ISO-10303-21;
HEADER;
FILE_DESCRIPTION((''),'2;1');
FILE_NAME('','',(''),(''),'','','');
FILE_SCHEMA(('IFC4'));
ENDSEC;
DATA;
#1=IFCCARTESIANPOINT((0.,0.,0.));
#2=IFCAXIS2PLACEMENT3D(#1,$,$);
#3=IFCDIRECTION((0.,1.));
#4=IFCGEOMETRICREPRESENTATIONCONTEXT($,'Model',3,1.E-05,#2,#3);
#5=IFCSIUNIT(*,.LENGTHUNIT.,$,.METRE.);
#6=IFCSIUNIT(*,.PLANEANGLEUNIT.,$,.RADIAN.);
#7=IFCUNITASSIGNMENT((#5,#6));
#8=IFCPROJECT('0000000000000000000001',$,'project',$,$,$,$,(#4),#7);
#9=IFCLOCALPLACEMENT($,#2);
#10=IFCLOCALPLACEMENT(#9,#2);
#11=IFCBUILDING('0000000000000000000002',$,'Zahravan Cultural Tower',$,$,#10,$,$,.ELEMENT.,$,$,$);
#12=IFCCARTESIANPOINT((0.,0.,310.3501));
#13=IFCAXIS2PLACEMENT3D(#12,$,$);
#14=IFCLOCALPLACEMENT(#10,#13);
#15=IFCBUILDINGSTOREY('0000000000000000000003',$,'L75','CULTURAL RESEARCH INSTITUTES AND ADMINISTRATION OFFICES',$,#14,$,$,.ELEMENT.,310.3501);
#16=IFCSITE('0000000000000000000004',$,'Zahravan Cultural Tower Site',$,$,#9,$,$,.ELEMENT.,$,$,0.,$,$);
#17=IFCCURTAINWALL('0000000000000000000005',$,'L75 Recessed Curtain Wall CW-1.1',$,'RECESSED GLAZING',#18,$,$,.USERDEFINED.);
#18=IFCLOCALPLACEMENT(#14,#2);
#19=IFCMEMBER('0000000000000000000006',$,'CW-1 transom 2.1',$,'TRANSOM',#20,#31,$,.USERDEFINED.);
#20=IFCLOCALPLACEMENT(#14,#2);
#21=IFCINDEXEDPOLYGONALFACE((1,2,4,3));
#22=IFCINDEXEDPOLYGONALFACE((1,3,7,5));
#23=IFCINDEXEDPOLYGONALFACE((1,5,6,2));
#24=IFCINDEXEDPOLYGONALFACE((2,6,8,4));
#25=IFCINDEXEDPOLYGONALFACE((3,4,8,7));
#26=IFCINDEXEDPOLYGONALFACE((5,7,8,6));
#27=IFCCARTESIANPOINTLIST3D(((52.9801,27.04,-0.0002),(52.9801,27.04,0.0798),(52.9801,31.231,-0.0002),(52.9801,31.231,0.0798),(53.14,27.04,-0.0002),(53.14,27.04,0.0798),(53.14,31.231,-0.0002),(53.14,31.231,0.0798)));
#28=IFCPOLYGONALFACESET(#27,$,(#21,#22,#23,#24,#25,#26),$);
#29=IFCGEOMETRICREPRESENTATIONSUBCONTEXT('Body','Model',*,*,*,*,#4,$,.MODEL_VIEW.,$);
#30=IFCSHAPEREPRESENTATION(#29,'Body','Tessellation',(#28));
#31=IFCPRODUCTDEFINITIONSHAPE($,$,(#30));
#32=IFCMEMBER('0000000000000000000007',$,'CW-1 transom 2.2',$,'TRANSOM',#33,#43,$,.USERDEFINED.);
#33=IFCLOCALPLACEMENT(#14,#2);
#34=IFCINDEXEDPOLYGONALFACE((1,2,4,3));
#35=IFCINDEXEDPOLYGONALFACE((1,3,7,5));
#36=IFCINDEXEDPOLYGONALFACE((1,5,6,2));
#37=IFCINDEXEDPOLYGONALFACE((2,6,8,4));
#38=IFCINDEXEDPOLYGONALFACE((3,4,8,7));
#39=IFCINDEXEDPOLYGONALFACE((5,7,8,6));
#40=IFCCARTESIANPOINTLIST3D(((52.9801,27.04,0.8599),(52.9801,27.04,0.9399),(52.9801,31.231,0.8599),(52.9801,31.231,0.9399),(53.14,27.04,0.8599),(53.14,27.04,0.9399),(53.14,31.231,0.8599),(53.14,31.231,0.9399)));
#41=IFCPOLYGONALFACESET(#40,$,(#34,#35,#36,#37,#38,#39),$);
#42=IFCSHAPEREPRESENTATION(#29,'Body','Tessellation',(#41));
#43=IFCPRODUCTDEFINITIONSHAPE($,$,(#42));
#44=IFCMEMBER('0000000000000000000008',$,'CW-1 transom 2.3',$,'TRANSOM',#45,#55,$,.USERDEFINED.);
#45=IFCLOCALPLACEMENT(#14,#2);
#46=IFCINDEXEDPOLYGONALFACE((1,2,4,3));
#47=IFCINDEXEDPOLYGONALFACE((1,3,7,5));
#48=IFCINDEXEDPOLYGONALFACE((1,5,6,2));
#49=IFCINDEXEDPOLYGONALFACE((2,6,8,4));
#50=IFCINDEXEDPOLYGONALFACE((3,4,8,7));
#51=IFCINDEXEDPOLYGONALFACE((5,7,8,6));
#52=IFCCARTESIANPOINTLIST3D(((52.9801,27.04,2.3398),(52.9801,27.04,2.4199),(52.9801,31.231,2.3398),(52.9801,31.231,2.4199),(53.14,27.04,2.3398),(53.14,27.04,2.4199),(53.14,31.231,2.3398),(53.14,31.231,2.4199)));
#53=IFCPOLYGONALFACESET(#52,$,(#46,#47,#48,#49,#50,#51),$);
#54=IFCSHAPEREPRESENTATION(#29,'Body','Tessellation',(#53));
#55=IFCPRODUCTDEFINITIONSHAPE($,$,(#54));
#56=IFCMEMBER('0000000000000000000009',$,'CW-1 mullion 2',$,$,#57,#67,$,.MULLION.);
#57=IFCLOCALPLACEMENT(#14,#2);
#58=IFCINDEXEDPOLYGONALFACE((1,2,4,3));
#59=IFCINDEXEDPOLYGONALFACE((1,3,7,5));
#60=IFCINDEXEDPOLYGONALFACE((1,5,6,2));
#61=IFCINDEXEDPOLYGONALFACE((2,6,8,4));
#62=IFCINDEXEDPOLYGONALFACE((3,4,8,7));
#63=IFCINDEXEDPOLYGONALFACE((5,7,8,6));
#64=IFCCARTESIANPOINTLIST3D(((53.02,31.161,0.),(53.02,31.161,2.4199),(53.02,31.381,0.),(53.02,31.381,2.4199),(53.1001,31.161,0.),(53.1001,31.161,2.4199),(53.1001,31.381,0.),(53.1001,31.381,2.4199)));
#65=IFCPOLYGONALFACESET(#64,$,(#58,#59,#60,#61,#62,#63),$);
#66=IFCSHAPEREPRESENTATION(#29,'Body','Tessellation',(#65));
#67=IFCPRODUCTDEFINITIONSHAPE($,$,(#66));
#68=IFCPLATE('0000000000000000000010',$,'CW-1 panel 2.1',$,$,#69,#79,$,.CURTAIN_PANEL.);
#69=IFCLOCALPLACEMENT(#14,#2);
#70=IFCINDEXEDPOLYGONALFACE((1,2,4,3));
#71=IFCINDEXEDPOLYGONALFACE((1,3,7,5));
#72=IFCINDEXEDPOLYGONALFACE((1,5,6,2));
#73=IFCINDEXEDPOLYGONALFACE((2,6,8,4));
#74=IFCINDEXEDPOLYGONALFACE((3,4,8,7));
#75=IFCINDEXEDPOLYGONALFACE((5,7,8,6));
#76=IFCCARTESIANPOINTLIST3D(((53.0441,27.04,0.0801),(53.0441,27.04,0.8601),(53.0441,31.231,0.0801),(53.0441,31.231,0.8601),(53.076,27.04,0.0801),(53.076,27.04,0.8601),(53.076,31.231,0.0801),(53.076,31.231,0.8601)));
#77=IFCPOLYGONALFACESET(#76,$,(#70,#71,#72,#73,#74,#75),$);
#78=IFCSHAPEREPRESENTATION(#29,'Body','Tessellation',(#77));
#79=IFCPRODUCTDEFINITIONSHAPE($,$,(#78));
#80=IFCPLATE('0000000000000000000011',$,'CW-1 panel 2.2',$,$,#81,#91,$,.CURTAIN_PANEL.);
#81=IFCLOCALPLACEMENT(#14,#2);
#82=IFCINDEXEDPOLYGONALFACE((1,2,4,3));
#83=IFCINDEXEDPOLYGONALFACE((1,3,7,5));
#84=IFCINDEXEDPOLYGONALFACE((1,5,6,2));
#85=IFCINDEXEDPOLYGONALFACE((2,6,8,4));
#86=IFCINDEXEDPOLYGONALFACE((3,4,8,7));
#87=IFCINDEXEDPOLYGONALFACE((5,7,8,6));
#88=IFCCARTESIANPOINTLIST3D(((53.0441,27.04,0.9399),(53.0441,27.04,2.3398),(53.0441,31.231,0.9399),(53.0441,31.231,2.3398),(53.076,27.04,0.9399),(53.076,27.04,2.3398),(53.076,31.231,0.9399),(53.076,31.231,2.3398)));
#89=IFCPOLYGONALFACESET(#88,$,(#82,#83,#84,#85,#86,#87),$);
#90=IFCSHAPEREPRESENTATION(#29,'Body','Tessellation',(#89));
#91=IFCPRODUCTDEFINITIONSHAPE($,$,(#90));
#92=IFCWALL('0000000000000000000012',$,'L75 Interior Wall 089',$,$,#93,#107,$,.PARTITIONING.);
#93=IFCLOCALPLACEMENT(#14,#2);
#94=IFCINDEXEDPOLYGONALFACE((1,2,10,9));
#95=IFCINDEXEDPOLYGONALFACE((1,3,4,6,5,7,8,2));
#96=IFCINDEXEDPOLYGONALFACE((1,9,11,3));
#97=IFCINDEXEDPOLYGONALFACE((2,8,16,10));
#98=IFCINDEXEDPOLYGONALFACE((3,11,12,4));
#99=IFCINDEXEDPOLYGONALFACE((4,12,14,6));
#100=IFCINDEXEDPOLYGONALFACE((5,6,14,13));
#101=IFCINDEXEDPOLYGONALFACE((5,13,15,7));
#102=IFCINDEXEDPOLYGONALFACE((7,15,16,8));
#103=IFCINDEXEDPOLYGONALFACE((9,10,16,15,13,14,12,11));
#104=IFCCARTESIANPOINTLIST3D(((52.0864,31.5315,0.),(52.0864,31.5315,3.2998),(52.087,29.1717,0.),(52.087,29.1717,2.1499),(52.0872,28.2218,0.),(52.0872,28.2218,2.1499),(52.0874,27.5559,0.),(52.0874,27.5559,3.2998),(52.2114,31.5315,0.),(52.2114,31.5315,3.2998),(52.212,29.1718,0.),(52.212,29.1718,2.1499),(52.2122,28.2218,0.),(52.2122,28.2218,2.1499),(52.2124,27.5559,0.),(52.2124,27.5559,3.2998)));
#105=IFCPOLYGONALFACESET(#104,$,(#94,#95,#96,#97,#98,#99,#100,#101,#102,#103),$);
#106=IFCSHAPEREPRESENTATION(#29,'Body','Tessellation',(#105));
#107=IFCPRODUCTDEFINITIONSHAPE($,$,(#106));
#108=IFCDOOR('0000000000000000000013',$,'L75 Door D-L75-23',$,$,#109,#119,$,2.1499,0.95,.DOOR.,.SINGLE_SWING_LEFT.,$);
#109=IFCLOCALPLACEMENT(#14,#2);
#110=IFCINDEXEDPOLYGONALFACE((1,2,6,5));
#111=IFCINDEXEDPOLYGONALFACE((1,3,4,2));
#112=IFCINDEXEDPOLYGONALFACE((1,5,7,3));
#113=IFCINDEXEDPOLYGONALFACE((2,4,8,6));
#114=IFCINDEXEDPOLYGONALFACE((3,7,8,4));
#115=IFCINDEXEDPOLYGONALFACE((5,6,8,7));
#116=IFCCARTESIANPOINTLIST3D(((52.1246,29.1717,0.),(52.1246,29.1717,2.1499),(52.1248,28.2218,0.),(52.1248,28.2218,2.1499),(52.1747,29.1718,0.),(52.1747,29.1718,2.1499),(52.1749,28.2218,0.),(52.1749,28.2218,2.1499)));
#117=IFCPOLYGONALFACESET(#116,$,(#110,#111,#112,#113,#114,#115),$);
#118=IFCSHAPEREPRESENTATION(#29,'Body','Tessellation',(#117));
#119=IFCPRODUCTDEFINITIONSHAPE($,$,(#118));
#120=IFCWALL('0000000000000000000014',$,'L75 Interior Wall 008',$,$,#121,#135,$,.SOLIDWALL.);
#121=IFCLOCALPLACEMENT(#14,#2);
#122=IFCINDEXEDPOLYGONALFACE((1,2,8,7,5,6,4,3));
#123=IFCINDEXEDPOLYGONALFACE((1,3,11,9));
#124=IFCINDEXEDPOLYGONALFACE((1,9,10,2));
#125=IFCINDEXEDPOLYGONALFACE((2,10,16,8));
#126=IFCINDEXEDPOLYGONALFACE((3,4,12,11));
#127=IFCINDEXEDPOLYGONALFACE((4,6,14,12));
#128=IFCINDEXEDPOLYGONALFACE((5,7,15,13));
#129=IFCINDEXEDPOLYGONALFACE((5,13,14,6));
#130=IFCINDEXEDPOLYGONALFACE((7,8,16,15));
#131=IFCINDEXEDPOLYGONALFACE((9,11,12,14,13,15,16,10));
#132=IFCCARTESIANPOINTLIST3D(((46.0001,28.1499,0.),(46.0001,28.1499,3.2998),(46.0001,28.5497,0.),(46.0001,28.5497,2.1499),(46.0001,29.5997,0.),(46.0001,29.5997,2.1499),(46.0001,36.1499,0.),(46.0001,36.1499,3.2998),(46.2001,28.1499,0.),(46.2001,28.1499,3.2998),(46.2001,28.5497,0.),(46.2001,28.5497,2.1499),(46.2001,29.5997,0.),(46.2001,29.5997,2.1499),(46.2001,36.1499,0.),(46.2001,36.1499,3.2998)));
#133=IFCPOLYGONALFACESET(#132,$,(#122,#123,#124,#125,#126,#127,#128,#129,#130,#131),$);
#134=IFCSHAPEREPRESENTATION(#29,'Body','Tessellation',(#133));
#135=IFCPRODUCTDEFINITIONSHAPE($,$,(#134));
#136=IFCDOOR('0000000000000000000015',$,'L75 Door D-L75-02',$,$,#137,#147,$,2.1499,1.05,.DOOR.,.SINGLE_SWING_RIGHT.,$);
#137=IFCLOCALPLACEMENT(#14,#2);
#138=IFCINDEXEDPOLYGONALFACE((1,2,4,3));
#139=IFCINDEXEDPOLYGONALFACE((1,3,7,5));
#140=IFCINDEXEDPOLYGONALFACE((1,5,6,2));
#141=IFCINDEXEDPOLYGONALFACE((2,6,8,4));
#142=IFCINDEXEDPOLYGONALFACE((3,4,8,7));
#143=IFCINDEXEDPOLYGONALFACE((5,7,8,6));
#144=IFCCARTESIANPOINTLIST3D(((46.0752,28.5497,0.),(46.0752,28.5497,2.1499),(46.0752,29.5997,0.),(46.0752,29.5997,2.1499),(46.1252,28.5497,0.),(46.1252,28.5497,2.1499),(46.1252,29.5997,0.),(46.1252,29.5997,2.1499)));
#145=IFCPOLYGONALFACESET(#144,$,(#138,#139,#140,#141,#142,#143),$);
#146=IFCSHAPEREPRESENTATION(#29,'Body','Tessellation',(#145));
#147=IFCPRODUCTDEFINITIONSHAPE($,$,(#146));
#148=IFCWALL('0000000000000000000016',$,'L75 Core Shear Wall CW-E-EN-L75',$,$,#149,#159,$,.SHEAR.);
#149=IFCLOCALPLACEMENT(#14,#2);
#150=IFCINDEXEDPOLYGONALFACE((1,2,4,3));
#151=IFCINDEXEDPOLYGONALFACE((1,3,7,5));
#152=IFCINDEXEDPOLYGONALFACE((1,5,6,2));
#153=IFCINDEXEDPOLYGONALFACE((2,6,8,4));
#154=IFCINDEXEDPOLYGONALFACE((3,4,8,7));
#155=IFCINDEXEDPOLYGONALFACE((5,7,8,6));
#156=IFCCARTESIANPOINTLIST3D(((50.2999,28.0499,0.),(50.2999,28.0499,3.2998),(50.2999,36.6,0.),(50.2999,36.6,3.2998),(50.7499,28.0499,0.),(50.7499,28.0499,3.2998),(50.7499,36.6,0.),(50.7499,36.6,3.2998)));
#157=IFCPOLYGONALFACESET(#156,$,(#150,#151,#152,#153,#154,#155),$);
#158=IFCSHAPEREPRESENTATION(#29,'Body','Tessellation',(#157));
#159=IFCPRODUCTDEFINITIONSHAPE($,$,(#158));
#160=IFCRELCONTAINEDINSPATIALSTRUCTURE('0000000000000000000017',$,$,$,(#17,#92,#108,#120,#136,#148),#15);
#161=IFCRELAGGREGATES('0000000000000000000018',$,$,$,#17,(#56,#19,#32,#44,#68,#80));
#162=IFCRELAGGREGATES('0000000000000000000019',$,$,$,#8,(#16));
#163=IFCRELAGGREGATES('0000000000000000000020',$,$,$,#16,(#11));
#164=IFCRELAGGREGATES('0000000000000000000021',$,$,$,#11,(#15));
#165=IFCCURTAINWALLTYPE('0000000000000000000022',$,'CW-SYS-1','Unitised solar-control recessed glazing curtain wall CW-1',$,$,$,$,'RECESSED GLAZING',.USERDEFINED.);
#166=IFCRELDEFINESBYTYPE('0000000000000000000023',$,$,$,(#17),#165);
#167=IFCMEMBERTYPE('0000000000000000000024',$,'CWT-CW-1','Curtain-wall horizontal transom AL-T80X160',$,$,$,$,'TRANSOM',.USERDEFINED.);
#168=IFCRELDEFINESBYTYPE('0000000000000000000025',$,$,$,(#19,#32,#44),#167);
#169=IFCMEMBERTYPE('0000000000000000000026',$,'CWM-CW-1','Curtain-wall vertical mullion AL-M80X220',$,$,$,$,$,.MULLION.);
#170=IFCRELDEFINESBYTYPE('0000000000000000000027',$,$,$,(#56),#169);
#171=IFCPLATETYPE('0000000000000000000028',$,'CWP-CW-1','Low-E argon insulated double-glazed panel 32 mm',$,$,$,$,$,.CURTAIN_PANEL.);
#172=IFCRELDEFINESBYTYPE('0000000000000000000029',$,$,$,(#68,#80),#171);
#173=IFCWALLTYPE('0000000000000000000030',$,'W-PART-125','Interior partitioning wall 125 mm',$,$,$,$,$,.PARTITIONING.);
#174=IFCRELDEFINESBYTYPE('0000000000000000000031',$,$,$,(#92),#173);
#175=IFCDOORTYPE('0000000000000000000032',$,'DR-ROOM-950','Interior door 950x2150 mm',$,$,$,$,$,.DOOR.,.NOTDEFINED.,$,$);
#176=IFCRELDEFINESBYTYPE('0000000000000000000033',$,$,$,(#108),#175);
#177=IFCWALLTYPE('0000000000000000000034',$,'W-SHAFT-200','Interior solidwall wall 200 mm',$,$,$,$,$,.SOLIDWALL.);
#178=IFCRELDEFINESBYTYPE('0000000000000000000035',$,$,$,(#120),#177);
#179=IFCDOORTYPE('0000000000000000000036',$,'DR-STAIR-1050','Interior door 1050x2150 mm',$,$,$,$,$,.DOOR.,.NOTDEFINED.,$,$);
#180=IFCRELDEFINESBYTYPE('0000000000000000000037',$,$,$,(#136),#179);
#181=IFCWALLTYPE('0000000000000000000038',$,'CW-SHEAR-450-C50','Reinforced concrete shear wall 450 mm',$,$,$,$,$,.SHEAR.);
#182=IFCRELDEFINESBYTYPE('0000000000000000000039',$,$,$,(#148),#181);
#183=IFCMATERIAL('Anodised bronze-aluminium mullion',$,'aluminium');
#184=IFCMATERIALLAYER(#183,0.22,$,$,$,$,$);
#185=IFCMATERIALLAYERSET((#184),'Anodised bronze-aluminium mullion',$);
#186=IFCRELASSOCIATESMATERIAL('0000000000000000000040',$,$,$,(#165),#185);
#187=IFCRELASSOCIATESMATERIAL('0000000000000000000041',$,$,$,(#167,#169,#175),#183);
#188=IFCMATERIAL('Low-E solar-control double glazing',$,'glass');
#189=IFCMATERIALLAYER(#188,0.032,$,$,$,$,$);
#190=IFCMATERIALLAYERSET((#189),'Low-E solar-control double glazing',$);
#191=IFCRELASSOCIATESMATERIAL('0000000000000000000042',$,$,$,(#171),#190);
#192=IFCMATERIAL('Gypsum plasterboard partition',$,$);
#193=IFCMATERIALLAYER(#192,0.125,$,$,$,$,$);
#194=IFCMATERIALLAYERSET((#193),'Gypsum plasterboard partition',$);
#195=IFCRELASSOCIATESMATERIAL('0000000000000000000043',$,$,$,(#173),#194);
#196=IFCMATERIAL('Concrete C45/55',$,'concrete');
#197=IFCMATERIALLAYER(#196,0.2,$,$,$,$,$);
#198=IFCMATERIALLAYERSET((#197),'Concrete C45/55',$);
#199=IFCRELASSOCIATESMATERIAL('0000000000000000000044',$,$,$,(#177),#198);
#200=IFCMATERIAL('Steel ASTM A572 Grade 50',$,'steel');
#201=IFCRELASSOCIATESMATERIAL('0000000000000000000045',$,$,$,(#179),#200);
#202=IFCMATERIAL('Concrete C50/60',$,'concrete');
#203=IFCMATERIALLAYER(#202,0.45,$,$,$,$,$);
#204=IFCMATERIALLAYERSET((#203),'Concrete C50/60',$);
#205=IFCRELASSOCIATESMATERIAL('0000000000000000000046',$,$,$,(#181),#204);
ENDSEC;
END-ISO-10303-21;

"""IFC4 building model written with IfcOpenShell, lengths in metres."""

from ifc_helpers import new_model, si_unit, direction, frame, frame_2d, origin, origin_2d, place, context, subcontext, project, spatial, rectangle, extrude, source, transform, mapped, material, layer, layer_set, material_profile, profile_set, type_object, element, fill, aggregate, save


model = new_model("IFC4")

# Units and contexts
model_context = context("Model", 3, precision=1e-05, world=origin(), true_north=direction((0.0, 1.0)))
body_context = subcontext(model_context, "Body", "Model", "MODEL_VIEW")
ifc_project = project(units=[si_unit("LENGTHUNIT", "METRE"), si_unit("PLANEANGLEUNIT", "RADIAN")], contexts=[model_context])

# Site, building, storey
site_placement = place(None, origin())
site = spatial("IfcSite", under=ifc_project, at=site_placement, Name="Zahravan Cultural Tower Site", CompositionType="ELEMENT", RefElevation=0.0)
building_placement = place(site_placement, origin())
building = spatial("IfcBuilding", under=site, at=building_placement, Name="Zahravan Cultural Tower", CompositionType="ELEMENT")
storey_placement = place(building_placement, frame((0.0, 0.0, 310.3501)))
storey = spatial("IfcBuildingStorey", under=building, at=storey_placement, Name="L75", Description="CULTURAL RESEARCH INSTITUTES AND ADMINISTRATION OFFICES", CompositionType="ELEMENT", Elevation=310.3501)

# Curtain wall, members, plates
ifc_material_1 = material(Name="Anodised bronze-aluminium mullion", Category="aluminium")
ifc_layer_1 = layer(ifc_material_1, 0.22)
ifc_layer_set_1 = layer_set([ifc_layer_1], Name="Anodised bronze-aluminium mullion")
curtain_wall_type = type_object("IfcCurtainWallType", Name="CW-SYS-1", Description="Unitised solar-control recessed glazing curtain wall CW-1", ElementType="RECESSED GLAZING", PredefinedType="USERDEFINED", material=ifc_layer_set_1)
curtain_wall_placement = place(storey_placement, origin())
curtain_wall = element("IfcCurtainWall", 1, at=curtain_wall_placement, inside=storey, type_object=curtain_wall_type, Name="L75 Recessed Curtain Wall CW-1.1", ObjectType="RECESSED GLAZING", PredefinedType="USERDEFINED")
ifc_material_profile_1 = material_profile(ifc_material_1, rectangle(XDim=0.1599, YDim=0.0801, at=origin_2d()), Name="AL-T80X160")
ifc_profile_set_1 = profile_set([ifc_material_profile_1], Name="Anodised bronze-aluminium mullion")
member_type_1 = type_object("IfcMemberType", Name="CWT-CW-1", Description="Curtain-wall horizontal transom AL-T80X160", ElementType="TRANSOM", PredefinedType="USERDEFINED", material=ifc_profile_set_1)
shared_shape_1 = source(origin(), body_context, "Body", "SweptSolid", [
    extrude(rectangle(XDim=0.1599, YDim=0.0801, at=origin_2d()), origin(), (0.0, 0.0, 1.0), 4.1909),
])
member_1_placement = place(storey_placement, frame((53.0601, 31.231, 0.0398), z_axis=(0.0, -1.0, 0.0), x_axis=(1.0, 0.0, 0.0)))
member_1 = element("IfcMember", 2, at=member_1_placement, type_object=member_type_1, Name="CW-1 transom 2.1", ObjectType="TRANSOM", PredefinedType="USERDEFINED", context=body_context, shape_type="MappedRepresentation", body=[
    mapped(shared_shape_1, transform((0.0, 0.0, 0.0), x_axis=(1.0, 0.0, 0.0), y_axis=(0.0, 1.0, 0.0), z_axis=(0.0, 0.0, 1.0), scale=1.0)),
])
member_2_placement = place(storey_placement, frame((53.0601, 31.231, 0.8999), z_axis=(0.0, -1.0, 0.0), x_axis=(1.0, 0.0, 0.0)))
member_2 = element("IfcMember", 3, at=member_2_placement, type_object=member_type_1, Name="CW-1 transom 2.2", ObjectType="TRANSOM", PredefinedType="USERDEFINED", context=body_context, shape_type="MappedRepresentation", body=[
    mapped(shared_shape_1, transform((0.0, 0.0, 0.0), x_axis=(1.0, 0.0, 0.0), y_axis=(0.0, 1.0, 0.0), z_axis=(0.0, 0.0, 1.0), scale=1.0)),
])
member_3_placement = place(storey_placement, frame((53.0601, 31.231, 2.3799), z_axis=(0.0, -1.0, 0.0), x_axis=(1.0, 0.0, 0.0)))
member_3 = element("IfcMember", 4, at=member_3_placement, type_object=member_type_1, Name="CW-1 transom 2.3", ObjectType="TRANSOM", PredefinedType="USERDEFINED", context=body_context, shape_type="MappedRepresentation", body=[
    mapped(shared_shape_1, transform((0.0, 0.0, 0.0), x_axis=(1.0, 0.0, 0.0), y_axis=(0.0, 1.0, 0.0), z_axis=(0.0, 0.0, 1.0), scale=1.0)),
])
ifc_material_profile_2 = material_profile(ifc_material_1, rectangle(XDim=0.0801, YDim=0.22, at=origin_2d()), Name="AL-M80X220")
ifc_profile_set_2 = profile_set([ifc_material_profile_2], Name="Anodised bronze-aluminium mullion")
member_type_2 = type_object("IfcMemberType", Name="CWM-CW-1", Description="Curtain-wall vertical mullion AL-M80X220", PredefinedType="MULLION", material=ifc_profile_set_2)
shared_shape_2 = source(origin(), body_context, "Body", "SweptSolid", [
    extrude(rectangle(XDim=0.0801, YDim=0.22, at=origin_2d()), origin(), (0.0, 0.0, 1.0), 2.4199),
])
member_4_placement = place(storey_placement, frame((53.0601, 31.271, 0.0), z_axis=(0.0, 0.0, 1.0), x_axis=(1.0, 0.0, 0.0)))
member_4 = element("IfcMember", 5, at=member_4_placement, type_object=member_type_2, Name="CW-1 mullion 2", PredefinedType="MULLION", context=body_context, shape_type="MappedRepresentation", body=[
    mapped(shared_shape_2, transform((0.0, 0.0, 0.0), x_axis=(1.0, 0.0, 0.0), y_axis=(0.0, 1.0, 0.0), z_axis=(0.0, 0.0, 1.0), scale=1.0)),
])
ifc_material_2 = material(Name="Low-E solar-control double glazing", Category="glass")
ifc_layer_2 = layer(ifc_material_2, 0.032)
ifc_layer_set_2 = layer_set([ifc_layer_2], Name="Low-E solar-control double glazing")
plate_type = type_object("IfcPlateType", Name="CWP-CW-1", Description="Low-E argon insulated double-glazed panel 32 mm", PredefinedType="CURTAIN_PANEL", material=ifc_layer_set_2)
shared_shape_3 = source(origin(), body_context, "Body", "SweptSolid", [
    extrude(rectangle(XDim=4.1909, YDim=0.032, at=origin_2d()), origin(), (0.0, 0.0, 1.0), 0.78),
])
plate_1_placement = place(storey_placement, frame((53.0601, 29.1355, 0.0801), z_axis=(0.0, 0.0, 1.0), x_axis=(0.0, -1.0, 0.0)))
plate_1 = element("IfcPlate", 6, at=plate_1_placement, type_object=plate_type, Name="CW-1 panel 2.1", PredefinedType="CURTAIN_PANEL", context=body_context, shape_type="MappedRepresentation", body=[
    mapped(shared_shape_3, transform((0.0, 0.0, 0.0), x_axis=(1.0, 0.0, 0.0), y_axis=(0.0, 1.0, 0.0), z_axis=(0.0, 0.0, 1.0), scale=1.0)),
])
shared_shape_4 = source(origin(), body_context, "Body", "SweptSolid", [
    extrude(rectangle(XDim=4.1909, YDim=0.032, at=origin_2d()), origin(), (0.0, 0.0, 1.0), 1.3999),
])
plate_2_placement = place(storey_placement, frame((53.0601, 29.1355, 0.9399), z_axis=(0.0, 0.0, 1.0), x_axis=(0.0, -1.0, 0.0)))
plate_2 = element("IfcPlate", 7, at=plate_2_placement, type_object=plate_type, Name="CW-1 panel 2.2", PredefinedType="CURTAIN_PANEL", context=body_context, shape_type="MappedRepresentation", body=[
    mapped(shared_shape_4, transform((0.0, 0.0, 0.0), x_axis=(1.0, 0.0, 0.0), y_axis=(0.0, 1.0, 0.0), z_axis=(0.0, 0.0, 1.0), scale=1.0)),
])
aggregate(curtain_wall, [member_4, member_1, member_2, member_3, plate_1, plate_2])

# Walls, openings, doors
ifc_material_3 = material(Name="Gypsum plasterboard partition")
ifc_layer_3 = layer(ifc_material_3, 0.125)
ifc_layer_set_3 = layer_set([ifc_layer_3], Name="Gypsum plasterboard partition")
wall_type_1 = type_object("IfcWallType", Name="W-PART-125", Description="Interior partitioning wall 125 mm", PredefinedType="PARTITIONING", material=ifc_layer_set_3)
wall_1_placement = place(storey_placement, frame((52.1499, 27.5559, 0.0), z_axis=(0.0, 0.0, 1.0), x_axis=(-0.000246, 1.0, 0.0)))
wall_1 = element("IfcWall", 8, at=wall_1_placement, inside=storey, type_object=wall_type_1, Name="L75 Interior Wall 089", PredefinedType="PARTITIONING", context=body_context, shape_type="SweptSolid", body=[
    extrude(rectangle(XDim=3.9756, YDim=0.125, at=frame_2d((1.9878, 0.0))), origin(), (0.0, 0.0, 1.0), 3.2998),
])
opening_1_placement = place(wall_1_placement, frame((0.6658, 0.0, 0.0)))
opening_1 = element("IfcOpeningElement", 9, at=opening_1_placement, cuts=wall_1, PredefinedType="OPENING", context=body_context, shape_type="SweptSolid", body=[
    extrude(rectangle(XDim=0.95, YDim=2.1499, at=frame_2d((0.4751, 1.075))), frame((0.0, 0.0725, 0.0), z_axis=(0.0, -1.0, 0.0), x_axis=(1.0, 0.0, 0.0)), (0.0, 0.0, 1.0), 0.145),
])
door_type_1 = type_object("IfcDoorType", Name="DR-ROOM-950", Description="Interior door 950x2150 mm", OperationType="NOTDEFINED", PredefinedType="DOOR", material=ifc_material_1)
shared_shape_5 = source(origin(), body_context, "Body", "SweptSolid", [
    extrude(rectangle(XDim=0.95, YDim=2.1499, at=frame_2d((0.4751, 1.075))), frame((0.0, 0.0249, 0.0), z_axis=(0.0, -1.0, 0.0), x_axis=(1.0, 0.0, 0.0)), (0.0, 0.0, 1.0), 0.05),
])
door_1_placement = place(opening_1_placement, origin())
door_1 = element("IfcDoor", 10, at=door_1_placement, inside=storey, type_object=door_type_1, Name="L75 Door D-L75-23", OperationType="SINGLE_SWING_LEFT", OverallHeight=2.1499, OverallWidth=0.95, PredefinedType="DOOR", context=body_context, shape_type="MappedRepresentation", body=[
    mapped(shared_shape_5, transform((0.0, 0.0, 0.0), x_axis=(1.0, 0.0, 0.0), y_axis=(0.0, 1.0, 0.0), z_axis=(0.0, 0.0, 1.0), scale=1.0)),
])
fill(opening_1, door_1)
ifc_material_4 = material(Name="Concrete C45/55", Category="concrete")
ifc_layer_4 = layer(ifc_material_4, 0.2)
ifc_layer_set_4 = layer_set([ifc_layer_4], Name="Concrete C45/55")
wall_type_2 = type_object("IfcWallType", Name="W-SHAFT-200", Description="Interior solidwall wall 200 mm", PredefinedType="SOLIDWALL", material=ifc_layer_set_4)
wall_2_placement = place(storey_placement, frame((46.1001, 28.1499, 0.0), z_axis=(0.0, 0.0, 1.0), x_axis=(0.0, 1.0, 0.0)))
wall_2 = element("IfcWall", 11, at=wall_2_placement, inside=storey, type_object=wall_type_2, Name="L75 Interior Wall 008", PredefinedType="SOLIDWALL", context=body_context, shape_type="SweptSolid", body=[
    extrude(rectangle(XDim=8.0, YDim=0.2, at=frame_2d((4.0, 0.0))), origin(), (0.0, 0.0, 1.0), 3.2998),
])
opening_2_placement = place(wall_2_placement, frame((0.3999, 0.0, 0.0)))
opening_2 = element("IfcOpeningElement", 12, at=opening_2_placement, cuts=wall_2, PredefinedType="OPENING", context=body_context, shape_type="SweptSolid", body=[
    extrude(rectangle(XDim=1.05, YDim=2.1499, at=frame_2d((0.5249, 1.075))), frame((0.0, 0.1099, 0.0), z_axis=(0.0, -1.0, 0.0), x_axis=(1.0, 0.0, 0.0)), (0.0, 0.0, 1.0), 0.22),
])
ifc_material_5 = material(Name="Steel ASTM A572 Grade 50", Category="steel")
door_type_2 = type_object("IfcDoorType", Name="DR-STAIR-1050", Description="Interior door 1050x2150 mm", OperationType="NOTDEFINED", PredefinedType="DOOR", material=ifc_material_5)
shared_shape_6 = source(origin(), body_context, "Body", "SweptSolid", [
    extrude(rectangle(XDim=1.05, YDim=2.1499, at=frame_2d((0.5249, 1.075))), frame((0.0, 0.0249, 0.0), z_axis=(0.0, -1.0, 0.0), x_axis=(1.0, 0.0, 0.0)), (0.0, 0.0, 1.0), 0.05),
])
door_2_placement = place(opening_2_placement, origin())
door_2 = element("IfcDoor", 13, at=door_2_placement, inside=storey, type_object=door_type_2, Name="L75 Door D-L75-02", OperationType="SINGLE_SWING_RIGHT", OverallHeight=2.1499, OverallWidth=1.05, PredefinedType="DOOR", context=body_context, shape_type="MappedRepresentation", body=[
    mapped(shared_shape_6, transform((0.0, 0.0, 0.0), x_axis=(1.0, 0.0, 0.0), y_axis=(0.0, 1.0, 0.0), z_axis=(0.0, 0.0, 1.0), scale=1.0)),
])
fill(opening_2, door_2)

# Wall
ifc_material_6 = material(Name="Concrete C50/60", Category="concrete")
ifc_layer_5 = layer(ifc_material_6, 0.45)
ifc_layer_set_5 = layer_set([ifc_layer_5], Name="Concrete C50/60")
wall_type_3 = type_object("IfcWallType", Name="CW-SHEAR-450-C50", Description="Reinforced concrete shear wall 450 mm", PredefinedType="SHEAR", material=ifc_layer_set_5)
shared_shape_7 = source(origin(), body_context, "Body", "SweptSolid", [
    extrude(rectangle(XDim=8.55, YDim=0.45, at=frame_2d((4.2749, 0.0))), origin(), (0.0, 0.0, 1.0), 3.2998),
])
wall_3_placement = place(storey_placement, frame((50.5249, 28.05, 0.0), z_axis=(0.0, 0.0, 1.0), x_axis=(0.0, 1.0, 0.0)))
element("IfcWall", 14, at=wall_3_placement, inside=storey, type_object=wall_type_3, Name="L75 Core Shear Wall CW-E-EN-L75", PredefinedType="SHEAR", context=body_context, shape_type="MappedRepresentation", body=[
    mapped(shared_shape_7, transform((0.0, 0.0, 0.0), x_axis=(1.0, 0.0, 0.0), y_axis=(0.0, 1.0, 0.0), z_axis=(0.0, 0.0, 1.0), scale=1.0)),
])

save(model, "model.ifc")
